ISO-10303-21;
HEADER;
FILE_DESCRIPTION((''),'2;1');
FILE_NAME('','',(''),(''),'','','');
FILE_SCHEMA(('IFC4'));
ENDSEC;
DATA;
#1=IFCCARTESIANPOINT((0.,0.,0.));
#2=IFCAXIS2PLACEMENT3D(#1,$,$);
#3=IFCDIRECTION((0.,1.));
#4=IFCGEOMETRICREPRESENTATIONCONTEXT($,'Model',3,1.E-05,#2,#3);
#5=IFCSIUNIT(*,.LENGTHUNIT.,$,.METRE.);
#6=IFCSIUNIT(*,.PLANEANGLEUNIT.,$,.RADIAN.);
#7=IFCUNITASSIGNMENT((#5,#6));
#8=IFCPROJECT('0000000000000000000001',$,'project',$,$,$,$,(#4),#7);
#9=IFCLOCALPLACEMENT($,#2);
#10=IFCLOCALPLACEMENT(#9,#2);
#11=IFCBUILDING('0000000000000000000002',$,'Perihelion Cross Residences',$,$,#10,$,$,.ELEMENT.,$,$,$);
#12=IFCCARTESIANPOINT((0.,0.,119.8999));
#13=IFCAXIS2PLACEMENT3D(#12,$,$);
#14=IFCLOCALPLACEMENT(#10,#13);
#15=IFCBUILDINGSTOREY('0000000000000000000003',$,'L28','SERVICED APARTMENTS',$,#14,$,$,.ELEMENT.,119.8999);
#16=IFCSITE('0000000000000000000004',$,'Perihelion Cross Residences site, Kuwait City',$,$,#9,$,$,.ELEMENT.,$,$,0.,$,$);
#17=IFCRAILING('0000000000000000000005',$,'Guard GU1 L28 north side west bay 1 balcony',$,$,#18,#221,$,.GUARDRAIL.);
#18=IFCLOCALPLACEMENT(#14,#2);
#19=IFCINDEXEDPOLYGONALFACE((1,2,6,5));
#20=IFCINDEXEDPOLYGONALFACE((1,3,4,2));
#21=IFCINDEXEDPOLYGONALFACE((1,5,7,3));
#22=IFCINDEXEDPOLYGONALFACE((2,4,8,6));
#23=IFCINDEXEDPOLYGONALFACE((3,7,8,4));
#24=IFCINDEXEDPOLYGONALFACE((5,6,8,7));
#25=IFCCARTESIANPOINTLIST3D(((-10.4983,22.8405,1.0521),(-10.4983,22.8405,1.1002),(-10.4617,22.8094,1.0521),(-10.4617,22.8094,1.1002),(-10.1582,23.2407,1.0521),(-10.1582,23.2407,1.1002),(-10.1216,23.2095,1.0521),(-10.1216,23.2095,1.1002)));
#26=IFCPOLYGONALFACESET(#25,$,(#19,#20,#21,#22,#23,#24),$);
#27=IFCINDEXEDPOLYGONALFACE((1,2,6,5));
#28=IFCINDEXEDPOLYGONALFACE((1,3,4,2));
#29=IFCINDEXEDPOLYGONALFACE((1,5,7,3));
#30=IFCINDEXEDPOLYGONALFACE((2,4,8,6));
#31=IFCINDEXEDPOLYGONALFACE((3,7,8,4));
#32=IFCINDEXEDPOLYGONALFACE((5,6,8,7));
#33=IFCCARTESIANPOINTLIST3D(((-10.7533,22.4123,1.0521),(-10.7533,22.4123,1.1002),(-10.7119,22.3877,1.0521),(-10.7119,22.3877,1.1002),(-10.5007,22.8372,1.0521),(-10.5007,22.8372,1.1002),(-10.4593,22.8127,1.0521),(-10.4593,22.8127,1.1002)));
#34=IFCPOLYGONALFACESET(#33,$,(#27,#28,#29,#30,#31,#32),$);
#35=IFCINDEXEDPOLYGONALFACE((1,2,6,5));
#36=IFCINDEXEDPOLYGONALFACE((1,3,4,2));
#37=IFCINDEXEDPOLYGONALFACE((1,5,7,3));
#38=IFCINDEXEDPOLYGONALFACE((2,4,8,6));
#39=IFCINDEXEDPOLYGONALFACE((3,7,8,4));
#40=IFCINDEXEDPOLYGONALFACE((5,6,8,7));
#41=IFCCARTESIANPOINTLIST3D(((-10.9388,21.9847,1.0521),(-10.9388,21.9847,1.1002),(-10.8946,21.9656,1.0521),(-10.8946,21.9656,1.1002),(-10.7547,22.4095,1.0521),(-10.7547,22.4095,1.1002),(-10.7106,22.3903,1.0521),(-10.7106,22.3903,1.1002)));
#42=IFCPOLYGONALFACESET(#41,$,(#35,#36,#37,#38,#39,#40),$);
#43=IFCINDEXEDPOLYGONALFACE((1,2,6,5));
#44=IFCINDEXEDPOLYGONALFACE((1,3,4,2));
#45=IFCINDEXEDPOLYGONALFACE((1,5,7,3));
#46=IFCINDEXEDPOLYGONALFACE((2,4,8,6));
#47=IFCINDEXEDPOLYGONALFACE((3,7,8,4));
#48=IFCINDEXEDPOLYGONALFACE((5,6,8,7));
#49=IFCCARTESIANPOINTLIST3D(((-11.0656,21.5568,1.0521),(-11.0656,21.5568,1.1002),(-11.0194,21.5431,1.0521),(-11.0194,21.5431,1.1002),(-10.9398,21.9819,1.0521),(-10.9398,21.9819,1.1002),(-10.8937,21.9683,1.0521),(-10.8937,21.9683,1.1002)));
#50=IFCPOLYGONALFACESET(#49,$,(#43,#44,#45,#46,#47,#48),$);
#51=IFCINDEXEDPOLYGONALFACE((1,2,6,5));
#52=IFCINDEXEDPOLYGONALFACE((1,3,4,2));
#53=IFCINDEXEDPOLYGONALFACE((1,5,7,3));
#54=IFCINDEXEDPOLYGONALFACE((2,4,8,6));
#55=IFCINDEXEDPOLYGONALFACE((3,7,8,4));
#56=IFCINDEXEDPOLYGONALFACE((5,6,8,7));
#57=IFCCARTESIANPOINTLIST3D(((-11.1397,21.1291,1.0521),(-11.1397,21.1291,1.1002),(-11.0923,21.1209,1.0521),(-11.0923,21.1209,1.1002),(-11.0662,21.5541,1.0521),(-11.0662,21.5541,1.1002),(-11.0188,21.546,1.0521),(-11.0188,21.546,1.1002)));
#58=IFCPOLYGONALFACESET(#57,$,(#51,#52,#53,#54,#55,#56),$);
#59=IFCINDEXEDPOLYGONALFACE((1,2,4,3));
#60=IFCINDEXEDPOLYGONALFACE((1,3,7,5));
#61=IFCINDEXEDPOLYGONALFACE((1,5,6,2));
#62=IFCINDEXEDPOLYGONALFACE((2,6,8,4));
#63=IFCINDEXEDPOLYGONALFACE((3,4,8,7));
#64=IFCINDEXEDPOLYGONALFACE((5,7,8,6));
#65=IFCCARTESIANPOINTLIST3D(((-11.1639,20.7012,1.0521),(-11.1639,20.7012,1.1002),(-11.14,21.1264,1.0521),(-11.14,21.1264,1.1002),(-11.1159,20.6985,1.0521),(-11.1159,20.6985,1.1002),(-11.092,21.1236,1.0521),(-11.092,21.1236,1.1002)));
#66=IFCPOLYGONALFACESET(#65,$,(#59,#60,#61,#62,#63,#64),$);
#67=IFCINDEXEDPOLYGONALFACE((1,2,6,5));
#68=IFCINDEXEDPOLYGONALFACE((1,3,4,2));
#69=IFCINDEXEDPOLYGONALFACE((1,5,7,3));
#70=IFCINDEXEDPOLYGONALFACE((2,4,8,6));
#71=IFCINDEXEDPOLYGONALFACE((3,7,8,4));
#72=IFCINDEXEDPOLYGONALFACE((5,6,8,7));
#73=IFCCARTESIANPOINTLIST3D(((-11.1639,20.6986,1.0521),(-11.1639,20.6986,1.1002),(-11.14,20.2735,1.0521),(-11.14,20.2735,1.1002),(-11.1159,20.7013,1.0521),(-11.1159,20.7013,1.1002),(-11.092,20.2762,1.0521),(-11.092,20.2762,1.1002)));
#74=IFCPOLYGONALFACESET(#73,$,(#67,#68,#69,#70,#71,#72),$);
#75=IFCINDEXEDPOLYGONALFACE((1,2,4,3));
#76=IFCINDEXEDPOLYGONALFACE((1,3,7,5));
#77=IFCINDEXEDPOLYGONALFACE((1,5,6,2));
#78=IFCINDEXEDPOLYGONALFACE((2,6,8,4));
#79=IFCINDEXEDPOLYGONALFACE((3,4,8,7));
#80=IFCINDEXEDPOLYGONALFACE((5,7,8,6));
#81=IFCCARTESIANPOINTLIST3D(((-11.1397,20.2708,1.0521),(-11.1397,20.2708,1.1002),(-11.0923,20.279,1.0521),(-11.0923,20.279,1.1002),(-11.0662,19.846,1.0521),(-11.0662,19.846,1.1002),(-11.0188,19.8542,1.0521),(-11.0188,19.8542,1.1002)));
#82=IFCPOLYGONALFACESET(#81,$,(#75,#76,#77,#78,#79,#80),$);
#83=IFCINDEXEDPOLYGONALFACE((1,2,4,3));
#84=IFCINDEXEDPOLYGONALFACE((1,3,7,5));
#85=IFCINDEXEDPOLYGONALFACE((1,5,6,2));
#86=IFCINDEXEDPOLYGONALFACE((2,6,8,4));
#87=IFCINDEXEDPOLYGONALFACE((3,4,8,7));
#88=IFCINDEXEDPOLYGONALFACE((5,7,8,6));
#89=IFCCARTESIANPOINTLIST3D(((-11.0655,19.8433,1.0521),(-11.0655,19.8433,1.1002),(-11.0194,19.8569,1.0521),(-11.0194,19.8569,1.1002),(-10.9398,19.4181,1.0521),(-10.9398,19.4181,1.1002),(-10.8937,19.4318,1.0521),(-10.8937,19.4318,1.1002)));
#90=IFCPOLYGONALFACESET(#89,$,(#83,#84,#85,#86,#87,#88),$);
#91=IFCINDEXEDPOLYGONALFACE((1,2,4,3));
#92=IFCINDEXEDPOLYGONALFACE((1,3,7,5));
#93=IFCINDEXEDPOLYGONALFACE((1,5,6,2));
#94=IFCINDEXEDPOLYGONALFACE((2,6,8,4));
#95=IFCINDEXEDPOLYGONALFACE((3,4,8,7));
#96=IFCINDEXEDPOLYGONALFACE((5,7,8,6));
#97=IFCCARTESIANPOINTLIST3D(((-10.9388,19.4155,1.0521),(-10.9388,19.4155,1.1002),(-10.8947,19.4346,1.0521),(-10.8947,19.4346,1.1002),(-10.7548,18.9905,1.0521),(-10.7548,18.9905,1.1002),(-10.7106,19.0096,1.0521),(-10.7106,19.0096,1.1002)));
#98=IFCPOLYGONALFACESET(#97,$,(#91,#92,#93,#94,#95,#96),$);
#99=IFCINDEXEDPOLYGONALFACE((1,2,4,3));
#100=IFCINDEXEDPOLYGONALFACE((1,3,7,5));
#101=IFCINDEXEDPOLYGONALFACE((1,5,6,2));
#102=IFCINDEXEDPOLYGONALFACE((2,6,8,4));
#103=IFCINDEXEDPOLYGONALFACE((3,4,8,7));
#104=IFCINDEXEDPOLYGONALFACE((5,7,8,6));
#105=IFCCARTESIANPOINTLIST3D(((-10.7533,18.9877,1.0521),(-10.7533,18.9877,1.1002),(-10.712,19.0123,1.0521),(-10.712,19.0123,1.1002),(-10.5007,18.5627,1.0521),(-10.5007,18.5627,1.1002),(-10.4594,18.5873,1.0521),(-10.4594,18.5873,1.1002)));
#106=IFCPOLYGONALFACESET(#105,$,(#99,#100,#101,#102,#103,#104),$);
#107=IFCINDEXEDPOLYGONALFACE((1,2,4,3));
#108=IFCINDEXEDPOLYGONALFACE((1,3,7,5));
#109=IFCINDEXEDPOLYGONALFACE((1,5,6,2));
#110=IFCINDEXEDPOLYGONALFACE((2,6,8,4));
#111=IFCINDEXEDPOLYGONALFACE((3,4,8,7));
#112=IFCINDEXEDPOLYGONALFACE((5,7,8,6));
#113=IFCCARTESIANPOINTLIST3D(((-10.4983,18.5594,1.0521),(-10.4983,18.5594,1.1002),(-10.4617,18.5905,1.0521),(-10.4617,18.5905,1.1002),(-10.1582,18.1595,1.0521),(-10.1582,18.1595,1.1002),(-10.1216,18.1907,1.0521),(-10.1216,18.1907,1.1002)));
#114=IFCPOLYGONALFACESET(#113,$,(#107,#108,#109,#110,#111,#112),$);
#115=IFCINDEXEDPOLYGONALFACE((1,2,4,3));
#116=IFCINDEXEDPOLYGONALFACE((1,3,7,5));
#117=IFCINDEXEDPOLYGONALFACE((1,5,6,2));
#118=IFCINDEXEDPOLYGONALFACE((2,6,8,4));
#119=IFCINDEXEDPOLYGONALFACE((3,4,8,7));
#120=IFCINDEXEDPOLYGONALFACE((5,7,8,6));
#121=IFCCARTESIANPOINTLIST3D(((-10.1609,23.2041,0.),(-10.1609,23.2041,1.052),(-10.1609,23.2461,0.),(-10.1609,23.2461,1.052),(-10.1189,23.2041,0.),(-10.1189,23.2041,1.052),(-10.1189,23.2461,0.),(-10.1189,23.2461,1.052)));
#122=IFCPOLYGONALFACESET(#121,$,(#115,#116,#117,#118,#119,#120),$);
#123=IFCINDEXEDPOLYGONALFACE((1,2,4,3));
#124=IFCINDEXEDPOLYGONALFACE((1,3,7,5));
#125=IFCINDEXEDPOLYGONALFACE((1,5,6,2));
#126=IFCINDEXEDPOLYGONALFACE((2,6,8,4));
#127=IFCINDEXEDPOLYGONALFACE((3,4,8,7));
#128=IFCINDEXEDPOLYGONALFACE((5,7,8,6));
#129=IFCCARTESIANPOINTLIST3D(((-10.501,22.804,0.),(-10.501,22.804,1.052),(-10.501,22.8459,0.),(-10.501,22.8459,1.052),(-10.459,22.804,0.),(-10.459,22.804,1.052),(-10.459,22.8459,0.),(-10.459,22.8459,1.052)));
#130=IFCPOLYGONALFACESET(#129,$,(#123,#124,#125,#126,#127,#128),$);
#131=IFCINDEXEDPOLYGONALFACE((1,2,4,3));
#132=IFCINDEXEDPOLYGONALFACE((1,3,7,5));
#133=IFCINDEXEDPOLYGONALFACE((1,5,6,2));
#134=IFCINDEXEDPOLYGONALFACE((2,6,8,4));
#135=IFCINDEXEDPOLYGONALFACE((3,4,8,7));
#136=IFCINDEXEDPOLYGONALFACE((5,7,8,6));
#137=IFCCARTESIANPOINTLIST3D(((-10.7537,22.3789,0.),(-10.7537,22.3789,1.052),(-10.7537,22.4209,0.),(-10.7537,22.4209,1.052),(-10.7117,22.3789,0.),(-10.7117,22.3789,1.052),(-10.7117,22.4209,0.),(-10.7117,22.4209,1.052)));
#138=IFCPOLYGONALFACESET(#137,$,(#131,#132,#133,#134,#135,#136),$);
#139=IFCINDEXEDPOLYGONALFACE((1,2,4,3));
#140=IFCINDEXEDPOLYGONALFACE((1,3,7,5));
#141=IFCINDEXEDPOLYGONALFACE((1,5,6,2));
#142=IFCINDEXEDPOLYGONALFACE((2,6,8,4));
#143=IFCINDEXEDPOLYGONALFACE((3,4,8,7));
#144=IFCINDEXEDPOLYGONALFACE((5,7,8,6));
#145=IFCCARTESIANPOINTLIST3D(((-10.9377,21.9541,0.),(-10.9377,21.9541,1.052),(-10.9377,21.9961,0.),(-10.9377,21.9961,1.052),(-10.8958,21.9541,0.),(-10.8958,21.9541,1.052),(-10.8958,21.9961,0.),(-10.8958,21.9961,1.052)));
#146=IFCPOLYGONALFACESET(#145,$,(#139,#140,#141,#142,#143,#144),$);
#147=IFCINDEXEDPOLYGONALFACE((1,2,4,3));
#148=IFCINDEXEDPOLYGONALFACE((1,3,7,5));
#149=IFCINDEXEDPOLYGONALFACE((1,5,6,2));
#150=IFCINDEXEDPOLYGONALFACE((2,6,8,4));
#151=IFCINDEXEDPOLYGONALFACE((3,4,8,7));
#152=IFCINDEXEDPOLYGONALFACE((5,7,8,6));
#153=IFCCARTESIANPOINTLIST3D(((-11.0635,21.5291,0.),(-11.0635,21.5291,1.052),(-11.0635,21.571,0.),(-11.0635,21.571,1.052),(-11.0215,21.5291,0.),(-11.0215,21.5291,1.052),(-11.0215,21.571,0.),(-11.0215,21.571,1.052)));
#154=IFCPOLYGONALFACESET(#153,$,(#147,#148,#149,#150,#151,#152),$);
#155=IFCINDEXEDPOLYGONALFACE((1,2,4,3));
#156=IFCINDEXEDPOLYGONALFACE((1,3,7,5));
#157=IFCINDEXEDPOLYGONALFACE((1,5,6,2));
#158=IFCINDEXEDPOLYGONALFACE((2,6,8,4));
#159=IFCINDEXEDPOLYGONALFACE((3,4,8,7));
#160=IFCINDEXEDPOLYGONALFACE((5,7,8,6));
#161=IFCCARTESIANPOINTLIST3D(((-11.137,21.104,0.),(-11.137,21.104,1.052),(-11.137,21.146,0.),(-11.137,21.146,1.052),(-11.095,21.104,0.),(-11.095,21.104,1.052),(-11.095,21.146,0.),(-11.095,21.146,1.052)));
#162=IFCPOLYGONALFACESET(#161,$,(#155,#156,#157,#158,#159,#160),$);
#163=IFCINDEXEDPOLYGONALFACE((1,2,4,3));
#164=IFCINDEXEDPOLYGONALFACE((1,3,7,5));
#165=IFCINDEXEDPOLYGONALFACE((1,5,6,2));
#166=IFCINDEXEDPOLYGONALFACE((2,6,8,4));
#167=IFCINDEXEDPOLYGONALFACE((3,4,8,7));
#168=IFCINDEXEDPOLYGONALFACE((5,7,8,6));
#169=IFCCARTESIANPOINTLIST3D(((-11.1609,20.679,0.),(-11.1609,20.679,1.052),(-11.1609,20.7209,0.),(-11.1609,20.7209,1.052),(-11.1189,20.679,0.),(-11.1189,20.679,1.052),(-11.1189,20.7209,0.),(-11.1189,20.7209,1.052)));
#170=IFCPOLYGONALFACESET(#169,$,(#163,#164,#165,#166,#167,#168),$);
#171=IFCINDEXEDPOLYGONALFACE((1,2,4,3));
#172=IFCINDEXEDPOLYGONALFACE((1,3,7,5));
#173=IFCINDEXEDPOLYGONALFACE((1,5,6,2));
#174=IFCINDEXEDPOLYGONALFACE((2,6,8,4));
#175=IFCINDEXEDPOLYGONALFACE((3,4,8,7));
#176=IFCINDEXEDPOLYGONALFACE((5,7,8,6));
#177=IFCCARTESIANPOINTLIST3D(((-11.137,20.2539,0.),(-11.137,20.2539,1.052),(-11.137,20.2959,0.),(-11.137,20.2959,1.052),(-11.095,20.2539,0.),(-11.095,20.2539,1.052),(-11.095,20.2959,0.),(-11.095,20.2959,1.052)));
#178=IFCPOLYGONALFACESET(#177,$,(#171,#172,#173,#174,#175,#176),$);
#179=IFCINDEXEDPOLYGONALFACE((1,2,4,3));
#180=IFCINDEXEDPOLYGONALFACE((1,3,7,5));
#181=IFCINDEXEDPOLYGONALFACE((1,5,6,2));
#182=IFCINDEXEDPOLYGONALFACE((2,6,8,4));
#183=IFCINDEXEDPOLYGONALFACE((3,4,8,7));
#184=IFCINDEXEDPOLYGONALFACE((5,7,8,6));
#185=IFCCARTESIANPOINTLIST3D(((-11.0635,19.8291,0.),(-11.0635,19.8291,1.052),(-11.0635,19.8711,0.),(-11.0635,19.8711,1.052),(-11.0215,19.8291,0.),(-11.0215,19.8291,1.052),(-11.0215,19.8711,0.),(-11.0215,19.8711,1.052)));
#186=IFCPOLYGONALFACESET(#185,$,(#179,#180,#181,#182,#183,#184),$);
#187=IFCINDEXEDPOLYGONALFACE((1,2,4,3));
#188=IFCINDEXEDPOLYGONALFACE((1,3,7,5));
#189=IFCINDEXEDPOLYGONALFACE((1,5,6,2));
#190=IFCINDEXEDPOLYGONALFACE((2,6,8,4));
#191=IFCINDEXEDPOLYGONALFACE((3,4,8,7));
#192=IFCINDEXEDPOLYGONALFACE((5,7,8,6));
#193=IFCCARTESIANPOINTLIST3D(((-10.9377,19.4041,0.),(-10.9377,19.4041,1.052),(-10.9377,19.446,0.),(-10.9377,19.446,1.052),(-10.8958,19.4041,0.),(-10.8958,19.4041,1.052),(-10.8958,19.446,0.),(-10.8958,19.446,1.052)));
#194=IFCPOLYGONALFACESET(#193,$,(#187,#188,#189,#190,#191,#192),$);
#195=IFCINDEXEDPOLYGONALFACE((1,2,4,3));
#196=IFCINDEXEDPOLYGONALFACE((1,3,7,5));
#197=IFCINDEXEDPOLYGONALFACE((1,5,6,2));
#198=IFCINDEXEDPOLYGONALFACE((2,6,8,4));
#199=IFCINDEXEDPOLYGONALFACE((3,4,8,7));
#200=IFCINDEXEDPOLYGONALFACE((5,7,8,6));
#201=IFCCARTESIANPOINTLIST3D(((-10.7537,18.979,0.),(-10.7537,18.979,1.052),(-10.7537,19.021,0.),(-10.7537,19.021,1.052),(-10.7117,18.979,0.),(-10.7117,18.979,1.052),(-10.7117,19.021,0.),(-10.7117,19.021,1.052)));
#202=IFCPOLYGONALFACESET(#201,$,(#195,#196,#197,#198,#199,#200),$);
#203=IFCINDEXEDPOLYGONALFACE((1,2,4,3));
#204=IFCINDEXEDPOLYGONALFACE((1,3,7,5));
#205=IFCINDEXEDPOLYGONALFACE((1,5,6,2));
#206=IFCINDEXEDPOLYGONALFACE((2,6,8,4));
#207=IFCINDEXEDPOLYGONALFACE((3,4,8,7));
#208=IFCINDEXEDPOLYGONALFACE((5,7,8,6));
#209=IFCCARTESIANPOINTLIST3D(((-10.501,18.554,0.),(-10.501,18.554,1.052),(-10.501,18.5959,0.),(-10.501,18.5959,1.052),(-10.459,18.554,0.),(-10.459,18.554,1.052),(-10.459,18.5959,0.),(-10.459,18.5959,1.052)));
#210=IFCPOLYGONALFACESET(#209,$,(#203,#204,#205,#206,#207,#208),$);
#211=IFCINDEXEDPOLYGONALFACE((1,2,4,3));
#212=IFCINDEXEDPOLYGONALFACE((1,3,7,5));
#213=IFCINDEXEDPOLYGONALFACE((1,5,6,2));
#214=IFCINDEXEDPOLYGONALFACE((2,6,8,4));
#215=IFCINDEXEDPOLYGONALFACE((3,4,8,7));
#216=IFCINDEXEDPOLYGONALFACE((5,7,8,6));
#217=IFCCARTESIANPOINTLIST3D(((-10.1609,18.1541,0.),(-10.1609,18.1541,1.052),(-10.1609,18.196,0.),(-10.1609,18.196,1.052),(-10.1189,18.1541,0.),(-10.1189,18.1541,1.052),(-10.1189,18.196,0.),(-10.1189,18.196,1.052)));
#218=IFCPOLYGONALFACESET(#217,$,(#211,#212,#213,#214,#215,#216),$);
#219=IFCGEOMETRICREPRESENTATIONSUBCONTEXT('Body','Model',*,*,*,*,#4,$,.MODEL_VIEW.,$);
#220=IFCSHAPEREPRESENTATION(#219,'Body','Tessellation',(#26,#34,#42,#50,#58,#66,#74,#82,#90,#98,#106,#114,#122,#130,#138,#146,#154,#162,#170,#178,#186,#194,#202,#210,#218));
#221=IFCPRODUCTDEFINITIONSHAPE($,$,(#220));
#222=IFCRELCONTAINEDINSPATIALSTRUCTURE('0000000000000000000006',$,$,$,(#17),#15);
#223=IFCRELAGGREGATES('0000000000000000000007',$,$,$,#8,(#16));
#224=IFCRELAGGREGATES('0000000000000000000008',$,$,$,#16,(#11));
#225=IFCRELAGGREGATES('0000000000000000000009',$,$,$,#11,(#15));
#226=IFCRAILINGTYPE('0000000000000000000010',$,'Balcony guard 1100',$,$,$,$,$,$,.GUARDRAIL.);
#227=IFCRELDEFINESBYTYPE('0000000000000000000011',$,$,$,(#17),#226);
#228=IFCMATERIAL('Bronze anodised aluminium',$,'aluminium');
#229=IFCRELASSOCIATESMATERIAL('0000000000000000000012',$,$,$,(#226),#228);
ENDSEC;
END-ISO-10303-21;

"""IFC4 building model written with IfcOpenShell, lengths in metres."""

from ifc_helpers import new_model, si_unit, direction, frame, origin, origin_2d, place, context, subcontext, project, spatial, rectangle, extrude, material, type_object, element, save


model = new_model("IFC4")

# Units and contexts
model_context = context("Model", 3, precision=1e-05, world=origin(), true_north=direction((0.0, 1.0)))
body_context = subcontext(model_context, "Body", "Model", "MODEL_VIEW")
ifc_project = project(units=[si_unit("LENGTHUNIT", "METRE"), si_unit("PLANEANGLEUNIT", "RADIAN")], contexts=[model_context])

# Site, building, storey
site_placement = place(None, origin())
site = spatial("IfcSite", under=ifc_project, at=site_placement, Name="Perihelion Cross Residences site, Kuwait City", CompositionType="ELEMENT", RefElevation=0.0)
building_placement = place(site_placement, origin())
building = spatial("IfcBuilding", under=site, at=building_placement, Name="Perihelion Cross Residences", CompositionType="ELEMENT")
storey_placement = place(building_placement, frame((0.0, 0.0, 119.8999)))
storey = spatial("IfcBuildingStorey", under=building, at=storey_placement, Name="L28", Description="SERVICED APARTMENTS", CompositionType="ELEMENT", Elevation=119.8999)

# Railing
ifc_material_1 = material(Name="Bronze anodised aluminium", Category="aluminium")
railing_type = type_object("IfcRailingType", Name="Balcony guard 1100", PredefinedType="GUARDRAIL", material=ifc_material_1)
railing_1_placement = place(storey_placement, frame((-10.1399, 23.2251, 0.0)))
element("IfcRailing", 1, at=railing_1_placement, inside=storey, type_object=railing_type, Name="Guard GU1 L28 north side west bay 1 balcony", PredefinedType="GUARDRAIL", context=body_context, shape_type="SweptSolid", body=[
    extrude(rectangle(XDim=0.0481, YDim=0.0481, at=origin_2d()), frame((0.0, 0.0, 1.0762), z_axis=(-0.647608, -0.761974, 0.0), x_axis=(0.761974, -0.647608, 0.0)), (0.0, 0.0, 1.0), 0.5251),
    extrude(rectangle(XDim=0.0481, YDim=0.0481, at=origin_2d()), frame((-0.3401, -0.4001, 1.0762), z_axis=(-0.511006, -0.859577, 0.0), x_axis=(0.859577, -0.511006, 0.0)), (0.0, 0.0, 1.0), 0.4944),
    extrude(rectangle(XDim=0.0481, YDim=0.0481, at=origin_2d()), frame((-0.5928, -0.8252, 1.0762), z_axis=(-0.397607, -0.917556, 0.0), x_axis=(0.917556, -0.397607, 0.0)), (0.0, 0.0, 1.0), 0.4629),
    extrude(rectangle(XDim=0.0481, YDim=0.0481, at=origin_2d()), frame((-0.7769, -1.25, 1.0762), z_axis=(-0.283657, -0.958926, 0.0), x_axis=(0.958926, -0.283657, 0.0)), (0.0, 0.0, 1.0), 0.4434),
    extrude(rectangle(XDim=0.0481, YDim=0.0481, at=origin_2d()), frame((-0.9026, -1.675, 1.0762), z_axis=(-0.170362, -0.985382, 0.0), x_axis=(0.985382, -0.170362, 0.0)), (0.0, 0.0, 1.0), 0.4314),
    extrude(rectangle(XDim=0.0481, YDim=0.0481, at=origin_2d()), frame((-0.9761, -2.1001, 1.0762), z_axis=(-0.056201, -0.99842, 0.0), x_axis=(0.99842, -0.056201, 0.0)), (0.0, 0.0, 1.0), 0.4258),
    extrude(rectangle(XDim=0.0481, YDim=0.0481, at=origin_2d()), frame((-1.0, -2.5251, 1.0762), z_axis=(0.056201, -0.99842, 0.0), x_axis=(0.99842, 0.056201, 0.0)), (0.0, 0.0, 1.0), 0.4258),
    extrude(rectangle(XDim=0.0481, YDim=0.0481, at=origin_2d()), frame((-0.9761, -2.9502, 1.0762), z_axis=(0.170457, -0.985365, 0.0), x_axis=(0.985365, 0.170457, 0.0)), (0.0, 0.0, 1.0), 0.4312),
    extrude(rectangle(XDim=0.0481, YDim=0.0481, at=origin_2d()), frame((-0.9026, -3.375, 1.0762), z_axis=(0.283657, -0.958926, 0.0), x_axis=(0.958926, 0.283657, 0.0)), (0.0, 0.0, 1.0), 0.4434),
    extrude(rectangle(XDim=0.0481, YDim=0.0481, at=origin_2d()), frame((-0.7769, -3.8, 1.0762), z_axis=(0.397415, -0.917639, 0.0), x_axis=(0.917639, 0.397415, 0.0)), (0.0, 0.0, 1.0), 0.4631),
    extrude(rectangle(XDim=0.0481, YDim=0.0481, at=origin_2d()), frame((-0.5928, -4.2251, 1.0762), z_axis=(0.511006, -0.859577, 0.0), x_axis=(0.859577, 0.511006, 0.0)), (0.0, 0.0, 1.0), 0.4944),
    extrude(rectangle(XDim=0.0481, YDim=0.0481, at=origin_2d()), frame((-0.3401, -4.6501, 1.0762), z_axis=(0.647837, -0.761779, 0.0), x_axis=(0.761779, 0.647837, 0.0)), (0.0, 0.0, 1.0), 0.5249),
    extrude(rectangle(XDim=0.042, YDim=0.042, at=origin_2d()), origin(), (0.0, 0.0, 1.0), 1.052),
    extrude(rectangle(XDim=0.042, YDim=0.042, at=origin_2d()), frame((-0.3401, -0.4001, 0.0)), (0.0, 0.0, 1.0), 1.052),
    extrude(rectangle(XDim=0.042, YDim=0.042, at=origin_2d()), frame((-0.5928, -0.8252, 0.0)), (0.0, 0.0, 1.0), 1.052),
    extrude(rectangle(XDim=0.042, YDim=0.042, at=origin_2d()), frame((-0.7769, -1.25, 0.0)), (0.0, 0.0, 1.0), 1.052),
    extrude(rectangle(XDim=0.042, YDim=0.042, at=origin_2d()), frame((-0.9026, -1.675, 0.0)), (0.0, 0.0, 1.0), 1.052),
    extrude(rectangle(XDim=0.042, YDim=0.042, at=origin_2d()), frame((-0.9761, -2.1001, 0.0)), (0.0, 0.0, 1.0), 1.052),
    extrude(rectangle(XDim=0.042, YDim=0.042, at=origin_2d()), frame((-1.0, -2.5251, 0.0)), (0.0, 0.0, 1.0), 1.052),
    extrude(rectangle(XDim=0.042, YDim=0.042, at=origin_2d()), frame((-0.9761, -2.9502, 0.0)), (0.0, 0.0, 1.0), 1.052),
    extrude(rectangle(XDim=0.042, YDim=0.042, at=origin_2d()), frame((-0.9026, -3.375, 0.0)), (0.0, 0.0, 1.0), 1.052),
    extrude(rectangle(XDim=0.042, YDim=0.042, at=origin_2d()), frame((-0.7769, -3.8, 0.0)), (0.0, 0.0, 1.0), 1.052),
    extrude(rectangle(XDim=0.042, YDim=0.042, at=origin_2d()), frame((-0.5928, -4.2251, 0.0)), (0.0, 0.0, 1.0), 1.052),
    extrude(rectangle(XDim=0.042, YDim=0.042, at=origin_2d()), frame((-0.3401, -4.6501, 0.0)), (0.0, 0.0, 1.0), 1.052),
    extrude(rectangle(XDim=0.042, YDim=0.042, at=origin_2d()), frame((0.0, -5.05, 0.0)), (0.0, 0.0, 1.0), 1.052),
])

save(model, "model.ifc")
